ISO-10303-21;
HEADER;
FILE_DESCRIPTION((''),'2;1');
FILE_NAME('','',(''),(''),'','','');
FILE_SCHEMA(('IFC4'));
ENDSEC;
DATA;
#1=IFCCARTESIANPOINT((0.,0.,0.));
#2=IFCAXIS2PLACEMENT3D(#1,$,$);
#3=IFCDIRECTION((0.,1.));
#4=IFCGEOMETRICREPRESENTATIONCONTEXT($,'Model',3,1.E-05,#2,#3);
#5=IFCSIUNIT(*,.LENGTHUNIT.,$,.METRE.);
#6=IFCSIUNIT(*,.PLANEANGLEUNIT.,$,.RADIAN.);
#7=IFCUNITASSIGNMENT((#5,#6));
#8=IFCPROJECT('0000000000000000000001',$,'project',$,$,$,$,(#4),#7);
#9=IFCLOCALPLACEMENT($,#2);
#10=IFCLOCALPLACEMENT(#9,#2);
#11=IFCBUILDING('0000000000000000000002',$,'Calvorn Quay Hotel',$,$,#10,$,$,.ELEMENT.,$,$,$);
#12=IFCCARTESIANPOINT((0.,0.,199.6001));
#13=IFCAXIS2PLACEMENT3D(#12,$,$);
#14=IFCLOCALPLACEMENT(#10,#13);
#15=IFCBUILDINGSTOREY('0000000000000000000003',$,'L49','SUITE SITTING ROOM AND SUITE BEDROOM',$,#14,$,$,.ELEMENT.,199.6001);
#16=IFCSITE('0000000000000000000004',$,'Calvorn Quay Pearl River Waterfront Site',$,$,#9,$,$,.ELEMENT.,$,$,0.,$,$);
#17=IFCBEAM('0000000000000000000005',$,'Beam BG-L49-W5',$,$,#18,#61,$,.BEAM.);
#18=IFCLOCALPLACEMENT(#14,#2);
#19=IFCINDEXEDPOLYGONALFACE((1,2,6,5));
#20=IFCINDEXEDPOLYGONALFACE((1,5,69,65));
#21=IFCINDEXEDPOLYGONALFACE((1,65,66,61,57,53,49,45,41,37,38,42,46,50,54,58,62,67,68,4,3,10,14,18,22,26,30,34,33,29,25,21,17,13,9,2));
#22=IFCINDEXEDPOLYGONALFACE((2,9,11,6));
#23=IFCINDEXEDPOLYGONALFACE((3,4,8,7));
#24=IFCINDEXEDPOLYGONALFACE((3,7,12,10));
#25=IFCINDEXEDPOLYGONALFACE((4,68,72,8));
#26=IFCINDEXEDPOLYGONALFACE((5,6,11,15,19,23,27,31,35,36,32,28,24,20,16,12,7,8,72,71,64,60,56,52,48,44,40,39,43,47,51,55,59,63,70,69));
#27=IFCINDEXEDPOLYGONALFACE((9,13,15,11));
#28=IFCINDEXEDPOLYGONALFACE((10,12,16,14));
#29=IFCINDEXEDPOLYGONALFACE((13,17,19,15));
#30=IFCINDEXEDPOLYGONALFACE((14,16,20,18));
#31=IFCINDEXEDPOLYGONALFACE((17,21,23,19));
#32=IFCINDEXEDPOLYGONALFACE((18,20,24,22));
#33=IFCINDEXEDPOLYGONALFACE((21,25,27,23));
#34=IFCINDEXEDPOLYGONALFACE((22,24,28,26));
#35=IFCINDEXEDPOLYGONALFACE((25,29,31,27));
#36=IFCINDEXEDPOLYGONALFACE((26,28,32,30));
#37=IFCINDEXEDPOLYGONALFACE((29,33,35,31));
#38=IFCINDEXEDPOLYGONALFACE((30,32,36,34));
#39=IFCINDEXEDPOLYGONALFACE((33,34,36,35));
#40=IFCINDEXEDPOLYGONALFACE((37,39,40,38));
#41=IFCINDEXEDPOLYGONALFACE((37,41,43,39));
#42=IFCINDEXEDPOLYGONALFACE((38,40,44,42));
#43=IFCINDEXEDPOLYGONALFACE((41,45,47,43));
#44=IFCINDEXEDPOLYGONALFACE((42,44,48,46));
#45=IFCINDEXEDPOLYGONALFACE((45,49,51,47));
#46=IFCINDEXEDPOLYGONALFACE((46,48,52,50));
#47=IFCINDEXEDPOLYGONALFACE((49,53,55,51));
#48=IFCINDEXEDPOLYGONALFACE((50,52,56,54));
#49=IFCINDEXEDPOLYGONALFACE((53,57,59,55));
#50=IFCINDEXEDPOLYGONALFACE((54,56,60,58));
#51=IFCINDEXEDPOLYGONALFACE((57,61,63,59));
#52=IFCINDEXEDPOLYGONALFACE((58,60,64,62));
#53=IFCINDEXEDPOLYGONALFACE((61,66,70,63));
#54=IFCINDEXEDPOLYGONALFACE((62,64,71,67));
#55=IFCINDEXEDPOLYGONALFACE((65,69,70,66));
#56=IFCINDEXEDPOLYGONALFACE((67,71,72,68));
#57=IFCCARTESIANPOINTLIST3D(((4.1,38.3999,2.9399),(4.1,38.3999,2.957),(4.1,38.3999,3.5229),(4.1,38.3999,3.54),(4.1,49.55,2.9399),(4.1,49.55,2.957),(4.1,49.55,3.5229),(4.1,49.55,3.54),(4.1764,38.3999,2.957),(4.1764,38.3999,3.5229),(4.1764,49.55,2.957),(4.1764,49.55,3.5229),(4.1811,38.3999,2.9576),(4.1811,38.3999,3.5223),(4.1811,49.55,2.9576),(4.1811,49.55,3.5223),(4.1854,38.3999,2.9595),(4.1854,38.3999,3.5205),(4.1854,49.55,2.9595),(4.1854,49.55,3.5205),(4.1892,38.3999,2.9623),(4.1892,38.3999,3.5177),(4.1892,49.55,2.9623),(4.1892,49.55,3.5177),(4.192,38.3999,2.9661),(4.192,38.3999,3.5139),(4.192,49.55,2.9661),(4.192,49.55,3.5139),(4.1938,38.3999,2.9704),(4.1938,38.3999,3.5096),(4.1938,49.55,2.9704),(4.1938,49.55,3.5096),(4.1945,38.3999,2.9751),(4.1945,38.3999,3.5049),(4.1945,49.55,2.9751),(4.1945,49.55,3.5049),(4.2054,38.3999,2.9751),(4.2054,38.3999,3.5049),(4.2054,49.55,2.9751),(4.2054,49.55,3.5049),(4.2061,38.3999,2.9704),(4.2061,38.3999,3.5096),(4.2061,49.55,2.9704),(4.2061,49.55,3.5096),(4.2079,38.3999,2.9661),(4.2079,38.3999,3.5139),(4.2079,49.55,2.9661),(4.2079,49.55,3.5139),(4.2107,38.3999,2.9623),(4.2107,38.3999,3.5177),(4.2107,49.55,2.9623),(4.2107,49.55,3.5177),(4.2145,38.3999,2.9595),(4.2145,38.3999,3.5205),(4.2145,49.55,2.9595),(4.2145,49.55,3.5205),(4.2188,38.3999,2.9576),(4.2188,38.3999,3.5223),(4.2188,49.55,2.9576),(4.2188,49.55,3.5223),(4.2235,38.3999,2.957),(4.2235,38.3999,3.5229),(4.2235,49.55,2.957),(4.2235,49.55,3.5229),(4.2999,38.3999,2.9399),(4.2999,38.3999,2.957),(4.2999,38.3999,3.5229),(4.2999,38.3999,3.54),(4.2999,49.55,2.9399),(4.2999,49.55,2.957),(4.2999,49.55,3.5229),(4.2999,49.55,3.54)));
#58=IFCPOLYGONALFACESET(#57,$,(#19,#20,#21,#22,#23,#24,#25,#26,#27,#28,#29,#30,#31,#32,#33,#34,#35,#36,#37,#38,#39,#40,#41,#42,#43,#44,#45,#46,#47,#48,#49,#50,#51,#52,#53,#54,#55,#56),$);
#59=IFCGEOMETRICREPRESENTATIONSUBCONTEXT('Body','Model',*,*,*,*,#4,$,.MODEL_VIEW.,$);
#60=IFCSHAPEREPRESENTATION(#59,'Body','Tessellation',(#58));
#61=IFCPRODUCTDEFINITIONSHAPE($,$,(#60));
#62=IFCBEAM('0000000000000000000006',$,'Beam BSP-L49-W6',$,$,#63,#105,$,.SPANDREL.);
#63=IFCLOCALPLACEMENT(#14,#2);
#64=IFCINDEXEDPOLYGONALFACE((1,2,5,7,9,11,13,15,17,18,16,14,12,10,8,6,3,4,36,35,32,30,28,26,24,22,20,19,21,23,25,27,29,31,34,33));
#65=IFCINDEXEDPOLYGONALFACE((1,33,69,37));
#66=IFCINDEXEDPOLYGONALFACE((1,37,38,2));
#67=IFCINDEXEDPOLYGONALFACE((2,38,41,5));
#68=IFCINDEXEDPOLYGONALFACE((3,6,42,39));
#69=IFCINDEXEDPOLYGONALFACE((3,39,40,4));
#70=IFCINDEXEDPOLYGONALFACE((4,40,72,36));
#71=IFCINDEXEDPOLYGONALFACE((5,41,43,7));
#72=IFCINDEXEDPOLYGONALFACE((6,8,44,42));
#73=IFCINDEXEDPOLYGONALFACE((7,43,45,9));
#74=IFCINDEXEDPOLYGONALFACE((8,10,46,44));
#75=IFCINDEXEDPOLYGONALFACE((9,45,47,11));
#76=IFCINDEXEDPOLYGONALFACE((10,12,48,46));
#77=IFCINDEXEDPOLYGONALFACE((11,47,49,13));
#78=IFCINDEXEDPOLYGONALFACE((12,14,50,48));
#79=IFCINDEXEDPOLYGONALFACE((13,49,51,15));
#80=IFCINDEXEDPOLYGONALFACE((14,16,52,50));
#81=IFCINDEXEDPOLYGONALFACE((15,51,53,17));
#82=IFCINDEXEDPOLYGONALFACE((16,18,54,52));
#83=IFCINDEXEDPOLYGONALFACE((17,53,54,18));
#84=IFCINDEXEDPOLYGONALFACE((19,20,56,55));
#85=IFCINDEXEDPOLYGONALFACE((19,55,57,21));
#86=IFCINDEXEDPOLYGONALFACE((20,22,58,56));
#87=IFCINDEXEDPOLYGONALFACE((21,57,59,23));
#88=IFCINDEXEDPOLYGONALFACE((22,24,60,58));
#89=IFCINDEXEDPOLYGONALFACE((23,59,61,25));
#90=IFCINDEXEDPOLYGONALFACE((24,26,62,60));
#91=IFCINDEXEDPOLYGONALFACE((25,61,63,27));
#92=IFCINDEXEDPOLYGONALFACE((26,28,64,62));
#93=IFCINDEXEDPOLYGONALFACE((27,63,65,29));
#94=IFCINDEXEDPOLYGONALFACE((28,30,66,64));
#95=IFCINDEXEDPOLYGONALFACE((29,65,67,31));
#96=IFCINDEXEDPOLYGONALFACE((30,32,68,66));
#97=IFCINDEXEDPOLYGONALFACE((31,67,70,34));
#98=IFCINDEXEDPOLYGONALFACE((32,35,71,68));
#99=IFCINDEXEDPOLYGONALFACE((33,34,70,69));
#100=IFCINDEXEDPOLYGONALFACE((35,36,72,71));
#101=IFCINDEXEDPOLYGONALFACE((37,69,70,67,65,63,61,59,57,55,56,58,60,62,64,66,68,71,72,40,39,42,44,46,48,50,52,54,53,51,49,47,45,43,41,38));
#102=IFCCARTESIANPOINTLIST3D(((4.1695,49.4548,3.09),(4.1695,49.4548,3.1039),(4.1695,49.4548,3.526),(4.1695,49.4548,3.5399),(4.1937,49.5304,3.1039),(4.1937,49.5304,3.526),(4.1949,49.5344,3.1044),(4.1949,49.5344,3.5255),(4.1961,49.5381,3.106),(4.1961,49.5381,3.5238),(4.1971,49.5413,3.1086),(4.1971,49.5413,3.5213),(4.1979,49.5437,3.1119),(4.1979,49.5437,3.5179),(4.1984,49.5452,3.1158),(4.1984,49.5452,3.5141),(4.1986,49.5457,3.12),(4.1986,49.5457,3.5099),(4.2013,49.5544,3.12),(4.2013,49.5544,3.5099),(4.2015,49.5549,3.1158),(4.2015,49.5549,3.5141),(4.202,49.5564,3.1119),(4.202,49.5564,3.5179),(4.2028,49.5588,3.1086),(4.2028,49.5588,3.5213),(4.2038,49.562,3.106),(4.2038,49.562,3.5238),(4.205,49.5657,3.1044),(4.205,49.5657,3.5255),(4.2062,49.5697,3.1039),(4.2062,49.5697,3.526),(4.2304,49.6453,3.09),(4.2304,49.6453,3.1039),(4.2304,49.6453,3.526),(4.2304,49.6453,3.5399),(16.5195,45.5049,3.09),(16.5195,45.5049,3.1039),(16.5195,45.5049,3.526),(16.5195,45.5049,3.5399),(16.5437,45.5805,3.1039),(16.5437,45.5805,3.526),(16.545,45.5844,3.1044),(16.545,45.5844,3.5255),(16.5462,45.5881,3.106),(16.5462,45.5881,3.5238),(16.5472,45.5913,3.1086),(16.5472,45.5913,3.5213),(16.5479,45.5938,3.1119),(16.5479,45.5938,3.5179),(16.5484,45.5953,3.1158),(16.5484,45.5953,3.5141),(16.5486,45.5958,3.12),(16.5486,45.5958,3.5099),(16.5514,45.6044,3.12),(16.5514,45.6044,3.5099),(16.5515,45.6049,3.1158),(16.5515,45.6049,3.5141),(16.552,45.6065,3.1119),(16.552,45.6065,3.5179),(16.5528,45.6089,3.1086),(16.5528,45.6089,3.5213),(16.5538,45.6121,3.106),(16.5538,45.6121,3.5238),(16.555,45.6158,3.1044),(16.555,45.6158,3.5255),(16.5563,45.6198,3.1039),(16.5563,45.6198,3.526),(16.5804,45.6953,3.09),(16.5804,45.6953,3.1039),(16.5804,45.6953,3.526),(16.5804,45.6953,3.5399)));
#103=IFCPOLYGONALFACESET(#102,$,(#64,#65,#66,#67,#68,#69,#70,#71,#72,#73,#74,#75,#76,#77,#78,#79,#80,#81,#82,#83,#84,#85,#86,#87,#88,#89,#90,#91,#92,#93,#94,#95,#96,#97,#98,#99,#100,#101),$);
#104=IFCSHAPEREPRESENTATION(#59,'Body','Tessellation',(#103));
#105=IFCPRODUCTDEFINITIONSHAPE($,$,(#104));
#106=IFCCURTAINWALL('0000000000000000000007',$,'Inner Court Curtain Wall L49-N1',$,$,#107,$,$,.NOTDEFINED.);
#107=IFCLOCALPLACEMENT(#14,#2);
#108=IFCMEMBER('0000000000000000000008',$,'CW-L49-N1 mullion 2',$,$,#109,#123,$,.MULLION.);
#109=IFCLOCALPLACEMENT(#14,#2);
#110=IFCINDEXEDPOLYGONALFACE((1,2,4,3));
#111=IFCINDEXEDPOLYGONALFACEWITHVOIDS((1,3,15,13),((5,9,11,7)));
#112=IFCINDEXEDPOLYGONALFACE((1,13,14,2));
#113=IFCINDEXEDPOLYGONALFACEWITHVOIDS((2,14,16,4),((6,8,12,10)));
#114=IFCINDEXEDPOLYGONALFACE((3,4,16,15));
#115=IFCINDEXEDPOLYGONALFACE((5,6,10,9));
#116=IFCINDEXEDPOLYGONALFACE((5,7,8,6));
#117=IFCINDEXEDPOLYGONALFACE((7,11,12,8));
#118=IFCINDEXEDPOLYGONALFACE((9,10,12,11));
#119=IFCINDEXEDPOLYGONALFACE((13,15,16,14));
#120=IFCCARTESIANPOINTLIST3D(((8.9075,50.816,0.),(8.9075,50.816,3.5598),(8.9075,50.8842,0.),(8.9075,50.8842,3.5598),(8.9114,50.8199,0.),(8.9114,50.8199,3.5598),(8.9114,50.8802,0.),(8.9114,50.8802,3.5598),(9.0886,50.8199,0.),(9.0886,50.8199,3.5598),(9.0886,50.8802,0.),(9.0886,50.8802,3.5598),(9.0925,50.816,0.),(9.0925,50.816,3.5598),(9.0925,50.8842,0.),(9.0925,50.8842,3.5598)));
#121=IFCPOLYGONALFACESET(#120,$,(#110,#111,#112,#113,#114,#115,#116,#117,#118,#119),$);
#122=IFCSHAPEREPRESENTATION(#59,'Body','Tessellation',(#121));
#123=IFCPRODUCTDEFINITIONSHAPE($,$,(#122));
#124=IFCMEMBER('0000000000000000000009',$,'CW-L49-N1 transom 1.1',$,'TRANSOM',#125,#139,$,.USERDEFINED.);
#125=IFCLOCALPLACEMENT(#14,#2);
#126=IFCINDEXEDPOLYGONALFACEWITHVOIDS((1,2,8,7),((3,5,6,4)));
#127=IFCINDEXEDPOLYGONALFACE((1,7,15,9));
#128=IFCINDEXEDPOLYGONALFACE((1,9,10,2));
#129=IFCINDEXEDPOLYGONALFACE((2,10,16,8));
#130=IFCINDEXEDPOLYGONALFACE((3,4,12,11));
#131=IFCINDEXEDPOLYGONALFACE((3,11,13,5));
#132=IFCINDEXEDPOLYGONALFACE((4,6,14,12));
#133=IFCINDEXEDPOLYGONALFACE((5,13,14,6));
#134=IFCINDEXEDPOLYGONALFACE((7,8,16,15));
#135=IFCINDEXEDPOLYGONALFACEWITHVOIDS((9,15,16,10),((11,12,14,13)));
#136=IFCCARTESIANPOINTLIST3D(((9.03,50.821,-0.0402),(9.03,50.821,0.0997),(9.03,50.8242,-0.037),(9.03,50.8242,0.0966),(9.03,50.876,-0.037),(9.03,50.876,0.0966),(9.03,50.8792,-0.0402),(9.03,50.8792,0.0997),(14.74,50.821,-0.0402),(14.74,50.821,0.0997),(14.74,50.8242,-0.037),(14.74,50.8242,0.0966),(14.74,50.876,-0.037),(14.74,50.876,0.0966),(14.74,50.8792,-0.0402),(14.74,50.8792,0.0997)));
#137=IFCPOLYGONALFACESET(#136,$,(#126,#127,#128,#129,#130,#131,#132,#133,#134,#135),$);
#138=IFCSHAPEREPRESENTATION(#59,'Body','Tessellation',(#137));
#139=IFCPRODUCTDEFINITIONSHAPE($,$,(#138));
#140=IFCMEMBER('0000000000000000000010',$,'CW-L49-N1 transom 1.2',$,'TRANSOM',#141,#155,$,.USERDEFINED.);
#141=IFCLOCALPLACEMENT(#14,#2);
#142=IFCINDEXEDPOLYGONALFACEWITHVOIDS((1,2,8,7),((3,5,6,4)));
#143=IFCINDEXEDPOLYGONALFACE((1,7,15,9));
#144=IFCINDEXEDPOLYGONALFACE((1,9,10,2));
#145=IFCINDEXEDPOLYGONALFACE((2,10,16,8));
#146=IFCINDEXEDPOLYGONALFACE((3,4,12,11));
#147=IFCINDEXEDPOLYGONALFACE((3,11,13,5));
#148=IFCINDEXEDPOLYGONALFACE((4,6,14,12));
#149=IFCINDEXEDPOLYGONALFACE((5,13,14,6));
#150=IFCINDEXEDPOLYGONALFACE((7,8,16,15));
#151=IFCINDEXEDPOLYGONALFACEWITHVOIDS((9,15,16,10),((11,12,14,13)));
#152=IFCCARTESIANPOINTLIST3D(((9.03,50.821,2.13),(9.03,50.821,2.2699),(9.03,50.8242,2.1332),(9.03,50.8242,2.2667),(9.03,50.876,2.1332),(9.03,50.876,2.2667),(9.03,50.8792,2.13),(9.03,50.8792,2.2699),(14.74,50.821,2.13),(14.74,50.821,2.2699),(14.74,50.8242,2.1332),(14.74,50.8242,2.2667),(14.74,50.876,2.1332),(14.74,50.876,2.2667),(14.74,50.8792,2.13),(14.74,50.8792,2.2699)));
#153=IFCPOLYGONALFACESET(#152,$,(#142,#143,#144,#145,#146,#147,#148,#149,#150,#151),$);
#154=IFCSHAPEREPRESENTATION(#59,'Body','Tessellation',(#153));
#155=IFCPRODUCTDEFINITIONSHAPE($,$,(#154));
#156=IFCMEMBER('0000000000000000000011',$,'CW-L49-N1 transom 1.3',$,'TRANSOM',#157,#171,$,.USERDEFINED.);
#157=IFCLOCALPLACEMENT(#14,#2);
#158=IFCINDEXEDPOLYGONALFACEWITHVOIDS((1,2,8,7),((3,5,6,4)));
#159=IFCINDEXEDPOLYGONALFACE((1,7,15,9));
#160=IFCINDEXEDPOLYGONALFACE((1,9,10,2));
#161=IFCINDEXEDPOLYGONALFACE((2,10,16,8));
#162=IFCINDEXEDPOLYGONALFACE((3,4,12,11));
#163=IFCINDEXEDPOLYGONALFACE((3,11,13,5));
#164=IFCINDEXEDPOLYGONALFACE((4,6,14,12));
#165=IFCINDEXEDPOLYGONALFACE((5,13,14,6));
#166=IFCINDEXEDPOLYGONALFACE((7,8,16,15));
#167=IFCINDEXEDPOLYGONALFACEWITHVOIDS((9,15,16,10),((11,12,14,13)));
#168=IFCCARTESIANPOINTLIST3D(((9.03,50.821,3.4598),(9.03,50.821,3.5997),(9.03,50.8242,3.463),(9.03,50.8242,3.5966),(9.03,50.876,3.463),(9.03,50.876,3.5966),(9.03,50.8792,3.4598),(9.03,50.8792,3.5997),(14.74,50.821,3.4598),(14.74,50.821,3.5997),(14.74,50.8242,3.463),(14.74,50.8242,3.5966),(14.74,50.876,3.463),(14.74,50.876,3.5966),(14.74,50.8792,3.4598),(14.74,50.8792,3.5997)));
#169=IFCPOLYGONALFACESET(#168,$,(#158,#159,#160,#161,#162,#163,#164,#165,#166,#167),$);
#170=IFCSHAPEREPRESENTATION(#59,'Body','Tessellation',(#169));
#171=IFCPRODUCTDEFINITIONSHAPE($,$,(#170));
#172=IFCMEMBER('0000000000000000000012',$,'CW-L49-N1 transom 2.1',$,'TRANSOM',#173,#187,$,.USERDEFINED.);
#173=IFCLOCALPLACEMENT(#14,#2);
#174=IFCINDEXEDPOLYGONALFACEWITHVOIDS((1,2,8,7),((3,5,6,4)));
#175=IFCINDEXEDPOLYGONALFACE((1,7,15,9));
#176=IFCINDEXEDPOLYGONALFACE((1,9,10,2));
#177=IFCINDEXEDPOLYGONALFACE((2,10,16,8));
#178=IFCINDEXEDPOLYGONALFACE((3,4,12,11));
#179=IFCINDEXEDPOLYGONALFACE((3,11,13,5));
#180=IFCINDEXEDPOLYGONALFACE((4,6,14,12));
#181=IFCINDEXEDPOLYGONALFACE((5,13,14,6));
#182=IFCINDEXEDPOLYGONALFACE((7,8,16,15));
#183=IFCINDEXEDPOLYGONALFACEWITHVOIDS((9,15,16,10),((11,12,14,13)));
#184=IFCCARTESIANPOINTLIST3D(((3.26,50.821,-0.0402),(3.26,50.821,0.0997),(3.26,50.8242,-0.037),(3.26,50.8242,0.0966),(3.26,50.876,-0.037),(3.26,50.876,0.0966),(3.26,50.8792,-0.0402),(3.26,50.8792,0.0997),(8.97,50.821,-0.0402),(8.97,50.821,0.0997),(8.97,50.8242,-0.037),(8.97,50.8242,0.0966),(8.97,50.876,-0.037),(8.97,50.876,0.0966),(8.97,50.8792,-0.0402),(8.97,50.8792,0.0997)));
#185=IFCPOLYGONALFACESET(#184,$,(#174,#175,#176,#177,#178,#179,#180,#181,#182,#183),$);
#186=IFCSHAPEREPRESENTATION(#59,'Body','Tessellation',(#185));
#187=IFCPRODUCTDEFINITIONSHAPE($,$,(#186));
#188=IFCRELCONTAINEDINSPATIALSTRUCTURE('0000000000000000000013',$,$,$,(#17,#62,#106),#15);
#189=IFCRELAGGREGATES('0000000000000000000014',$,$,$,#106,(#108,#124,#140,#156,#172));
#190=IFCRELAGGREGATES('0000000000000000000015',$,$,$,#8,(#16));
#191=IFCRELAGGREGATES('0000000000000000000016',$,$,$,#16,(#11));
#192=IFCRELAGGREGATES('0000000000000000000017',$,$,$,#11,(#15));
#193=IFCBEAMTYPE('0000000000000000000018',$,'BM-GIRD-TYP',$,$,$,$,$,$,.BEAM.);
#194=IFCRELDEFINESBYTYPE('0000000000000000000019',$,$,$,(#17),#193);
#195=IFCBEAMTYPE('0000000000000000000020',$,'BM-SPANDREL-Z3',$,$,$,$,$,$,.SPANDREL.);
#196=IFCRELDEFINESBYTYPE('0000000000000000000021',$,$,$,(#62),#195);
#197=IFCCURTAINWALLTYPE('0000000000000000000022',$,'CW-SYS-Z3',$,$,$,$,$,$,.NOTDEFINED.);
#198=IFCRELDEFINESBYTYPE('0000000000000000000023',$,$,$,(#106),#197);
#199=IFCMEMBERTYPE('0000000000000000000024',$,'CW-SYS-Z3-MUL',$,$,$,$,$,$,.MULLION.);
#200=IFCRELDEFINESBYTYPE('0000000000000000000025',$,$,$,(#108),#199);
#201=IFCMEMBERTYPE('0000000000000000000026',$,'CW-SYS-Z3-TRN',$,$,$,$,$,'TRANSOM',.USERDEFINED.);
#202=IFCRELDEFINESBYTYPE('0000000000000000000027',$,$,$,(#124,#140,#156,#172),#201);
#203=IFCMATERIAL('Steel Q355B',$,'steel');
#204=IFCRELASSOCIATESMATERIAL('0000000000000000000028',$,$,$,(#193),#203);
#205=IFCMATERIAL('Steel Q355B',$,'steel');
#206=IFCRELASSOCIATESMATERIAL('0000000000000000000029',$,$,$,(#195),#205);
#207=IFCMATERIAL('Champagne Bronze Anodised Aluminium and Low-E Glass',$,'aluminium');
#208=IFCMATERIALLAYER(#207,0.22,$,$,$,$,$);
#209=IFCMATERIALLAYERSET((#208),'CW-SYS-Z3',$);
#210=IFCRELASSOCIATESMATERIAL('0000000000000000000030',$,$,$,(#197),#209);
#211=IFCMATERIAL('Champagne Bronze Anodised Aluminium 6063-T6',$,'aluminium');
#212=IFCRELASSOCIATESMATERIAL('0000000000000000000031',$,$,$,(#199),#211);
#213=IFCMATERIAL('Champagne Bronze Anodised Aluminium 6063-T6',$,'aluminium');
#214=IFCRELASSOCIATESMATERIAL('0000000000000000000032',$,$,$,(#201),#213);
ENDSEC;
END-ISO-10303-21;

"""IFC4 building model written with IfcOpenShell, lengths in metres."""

from ifc_helpers import new_model, si_unit, direction, frame, origin, origin_2d, place, context, subcontext, project, spatial, hollow_rectangle, i_section, extrude, material, layer, layer_set, material_profile, profile_set, type_object, element, aggregate, save


model = new_model("IFC4")

# Units and contexts
model_context = context("Model", 3, precision=1e-05, world=origin(), true_north=direction((0.0, 1.0)))
body_context = subcontext(model_context, "Body", "Model", "MODEL_VIEW")
ifc_project = project(units=[si_unit("LENGTHUNIT", "METRE"), si_unit("PLANEANGLEUNIT", "RADIAN")], contexts=[model_context])

# Site, building, storey
site_placement = place(None, origin())
site = spatial("IfcSite", under=ifc_project, at=site_placement, Name="Calvorn Quay Pearl River Waterfront Site", CompositionType="ELEMENT", RefElevation=0.0)
building_placement = place(site_placement, origin())
building = spatial("IfcBuilding", under=site, at=building_placement, Name="Calvorn Quay Hotel", CompositionType="ELEMENT")
storey_placement = place(building_placement, frame((0.0, 0.0, 199.6001)))
storey = spatial("IfcBuildingStorey", under=building, at=storey_placement, Name="L49", Description="SUITE SITTING ROOM AND SUITE BEDROOM", CompositionType="ELEMENT", Elevation=199.6001)

# Beams
ifc_material_1 = material(Name="Steel Q355B", Category="steel")
ifc_material_profile_1 = material_profile(ifc_material_1, i_section(OverallWidth=0.2, OverallDepth=0.6001, WebThickness=0.011, FlangeThickness=0.0171, FilletRadius=0.0181, at=origin_2d()), Name="HN600x200x11x17")
ifc_profile_set_1 = profile_set([ifc_material_profile_1], Name="Steel Q355B")
beam_type_1 = type_object("IfcBeamType", Name="BM-GIRD-TYP", PredefinedType="BEAM", material=ifc_profile_set_1)
beam_1_placement = place(storey_placement, frame((4.2, 49.55, 3.24), z_axis=(0.0, -1.0, 0.0), x_axis=(1.0, 0.0, 0.0)))
element("IfcBeam", 1, at=beam_1_placement, inside=storey, type_object=beam_type_1, Name="Beam BG-L49-W5", PredefinedType="BEAM", context=body_context, shape_type="SweptSolid", body=[
    extrude(i_section(OverallWidth=0.2, OverallDepth=0.6001, WebThickness=0.011, FlangeThickness=0.0171, FilletRadius=0.0181, at=origin_2d()), origin(), (0.0, 0.0, 1.0), 11.1501),
])
ifc_material_2 = material(Name="Steel Q355B", Category="steel")
ifc_material_profile_2 = material_profile(ifc_material_2, i_section(OverallWidth=0.2, OverallDepth=0.45, WebThickness=0.009, FlangeThickness=0.0139, FilletRadius=0.0161, at=origin_2d()), Name="HN450x200x9x14")
ifc_profile_set_2 = profile_set([ifc_material_profile_2], Name="Steel Q355B")
beam_type_2 = type_object("IfcBeamType", Name="BM-SPANDREL-Z3", PredefinedType="SPANDREL", material=ifc_profile_set_2)
beam_2_placement = place(storey_placement, frame((4.2, 49.55, 3.3149), z_axis=(0.952471, -0.30463, 0.0), x_axis=(0.30463, 0.952471, 0.0)))
element("IfcBeam", 2, at=beam_2_placement, inside=storey, type_object=beam_type_2, Name="Beam BSP-L49-W6", PredefinedType="SPANDREL", context=body_context, shape_type="SweptSolid", body=[
    extrude(i_section(OverallWidth=0.2, OverallDepth=0.45, WebThickness=0.009, FlangeThickness=0.0139, FilletRadius=0.0161, at=origin_2d()), origin(), (0.0, 0.0, 1.0), 12.9663),
])

# Curtain wall, members
ifc_material_3 = material(Name="Champagne Bronze Anodised Aluminium and Low-E Glass", Category="aluminium")
ifc_layer_1 = layer(ifc_material_3, 0.22)
ifc_layer_set_1 = layer_set([ifc_layer_1], Name="CW-SYS-Z3")
curtain_wall_type = type_object("IfcCurtainWallType", Name="CW-SYS-Z3", PredefinedType="NOTDEFINED", material=ifc_layer_set_1)
curtain_wall_placement = place(storey_placement, origin())
curtain_wall = element("IfcCurtainWall", 3, at=curtain_wall_placement, inside=storey, type_object=curtain_wall_type, Name="Inner Court Curtain Wall L49-N1", PredefinedType="NOTDEFINED")
ifc_material_4 = material(Name="Champagne Bronze Anodised Aluminium 6063-T6", Category="aluminium")
ifc_material_profile_3 = material_profile(ifc_material_4, hollow_rectangle(XDim=0.0681, YDim=0.1851, WallThickness=0.0039, at=origin_2d()), Name="ALU-M185x68x4")
ifc_profile_set_3 = profile_set([ifc_material_profile_3], Name="Champagne Bronze Anodised Aluminium 6063-T6")
member_type_1 = type_object("IfcMemberType", Name="CW-SYS-Z3-MUL", PredefinedType="MULLION", material=ifc_profile_set_3)
member_1_placement = place(storey_placement, frame((9.0, 50.8501, 0.0), z_axis=(0.0, 0.0, 1.0), x_axis=(0.0, -1.0, 0.0)))
member_1 = element("IfcMember", 4, at=member_1_placement, type_object=member_type_1, Name="CW-L49-N1 mullion 2", PredefinedType="MULLION", context=body_context, shape_type="SweptSolid", body=[
    extrude(hollow_rectangle(XDim=0.0681, YDim=0.1851, WallThickness=0.0039, at=origin_2d()), origin(), (0.0, 0.0, 1.0), 3.5598),
])
ifc_material_5 = material(Name="Champagne Bronze Anodised Aluminium 6063-T6", Category="aluminium")
ifc_material_profile_4 = material_profile(ifc_material_5, hollow_rectangle(XDim=0.0581, YDim=0.1399, WallThickness=0.0032, at=origin_2d()), Name="ALU-T140x58x3.2")
ifc_profile_set_4 = profile_set([ifc_material_profile_4], Name="Champagne Bronze Anodised Aluminium 6063-T6")
member_type_2 = type_object("IfcMemberType", Name="CW-SYS-Z3-TRN", ElementType="TRANSOM", PredefinedType="USERDEFINED", material=ifc_profile_set_4)
member_2_placement = place(storey_placement, frame((14.74, 50.8501, 0.0298), z_axis=(-1.0, 0.0, 0.0), x_axis=(0.0, -1.0, 0.0)))
member_2 = element("IfcMember", 5, at=member_2_placement, type_object=member_type_2, Name="CW-L49-N1 transom 1.1", ObjectType="TRANSOM", PredefinedType="USERDEFINED", context=body_context, shape_type="SweptSolid", body=[
    extrude(hollow_rectangle(XDim=0.0581, YDim=0.1399, WallThickness=0.0032, at=origin_2d()), origin(), (0.0, 0.0, 1.0), 5.71),
])
member_3_placement = place(storey_placement, frame((14.74, 50.8501, 2.2), z_axis=(-1.0, 0.0, 0.0), x_axis=(0.0, -1.0, 0.0)))
member_3 = element("IfcMember", 6, at=member_3_placement, type_object=member_type_2, Name="CW-L49-N1 transom 1.2", ObjectType="TRANSOM", PredefinedType="USERDEFINED", context=body_context, shape_type="SweptSolid", body=[
    extrude(hollow_rectangle(XDim=0.0581, YDim=0.1399, WallThickness=0.0032, at=origin_2d()), origin(), (0.0, 0.0, 1.0), 5.71),
])
member_4_placement = place(storey_placement, frame((14.74, 50.8501, 3.5298), z_axis=(-1.0, 0.0, 0.0), x_axis=(0.0, -1.0, 0.0)))
member_4 = element("IfcMember", 7, at=member_4_placement, type_object=member_type_2, Name="CW-L49-N1 transom 1.3", ObjectType="TRANSOM", PredefinedType="USERDEFINED", context=body_context, shape_type="SweptSolid", body=[
    extrude(hollow_rectangle(XDim=0.0581, YDim=0.1399, WallThickness=0.0032, at=origin_2d()), origin(), (0.0, 0.0, 1.0), 5.71),
])
member_5_placement = place(storey_placement, frame((8.97, 50.8501, 0.0298), z_axis=(-1.0, 0.0, 0.0), x_axis=(0.0, -1.0, 0.0)))
member_5 = element("IfcMember", 8, at=member_5_placement, type_object=member_type_2, Name="CW-L49-N1 transom 2.1", ObjectType="TRANSOM", PredefinedType="USERDEFINED", context=body_context, shape_type="SweptSolid", body=[
    extrude(hollow_rectangle(XDim=0.0581, YDim=0.1399, WallThickness=0.0032, at=origin_2d()), origin(), (0.0, 0.0, 1.0), 5.71),
])
aggregate(curtain_wall, [member_1, member_2, member_3, member_4, member_5])

save(model, "model.ifc")
